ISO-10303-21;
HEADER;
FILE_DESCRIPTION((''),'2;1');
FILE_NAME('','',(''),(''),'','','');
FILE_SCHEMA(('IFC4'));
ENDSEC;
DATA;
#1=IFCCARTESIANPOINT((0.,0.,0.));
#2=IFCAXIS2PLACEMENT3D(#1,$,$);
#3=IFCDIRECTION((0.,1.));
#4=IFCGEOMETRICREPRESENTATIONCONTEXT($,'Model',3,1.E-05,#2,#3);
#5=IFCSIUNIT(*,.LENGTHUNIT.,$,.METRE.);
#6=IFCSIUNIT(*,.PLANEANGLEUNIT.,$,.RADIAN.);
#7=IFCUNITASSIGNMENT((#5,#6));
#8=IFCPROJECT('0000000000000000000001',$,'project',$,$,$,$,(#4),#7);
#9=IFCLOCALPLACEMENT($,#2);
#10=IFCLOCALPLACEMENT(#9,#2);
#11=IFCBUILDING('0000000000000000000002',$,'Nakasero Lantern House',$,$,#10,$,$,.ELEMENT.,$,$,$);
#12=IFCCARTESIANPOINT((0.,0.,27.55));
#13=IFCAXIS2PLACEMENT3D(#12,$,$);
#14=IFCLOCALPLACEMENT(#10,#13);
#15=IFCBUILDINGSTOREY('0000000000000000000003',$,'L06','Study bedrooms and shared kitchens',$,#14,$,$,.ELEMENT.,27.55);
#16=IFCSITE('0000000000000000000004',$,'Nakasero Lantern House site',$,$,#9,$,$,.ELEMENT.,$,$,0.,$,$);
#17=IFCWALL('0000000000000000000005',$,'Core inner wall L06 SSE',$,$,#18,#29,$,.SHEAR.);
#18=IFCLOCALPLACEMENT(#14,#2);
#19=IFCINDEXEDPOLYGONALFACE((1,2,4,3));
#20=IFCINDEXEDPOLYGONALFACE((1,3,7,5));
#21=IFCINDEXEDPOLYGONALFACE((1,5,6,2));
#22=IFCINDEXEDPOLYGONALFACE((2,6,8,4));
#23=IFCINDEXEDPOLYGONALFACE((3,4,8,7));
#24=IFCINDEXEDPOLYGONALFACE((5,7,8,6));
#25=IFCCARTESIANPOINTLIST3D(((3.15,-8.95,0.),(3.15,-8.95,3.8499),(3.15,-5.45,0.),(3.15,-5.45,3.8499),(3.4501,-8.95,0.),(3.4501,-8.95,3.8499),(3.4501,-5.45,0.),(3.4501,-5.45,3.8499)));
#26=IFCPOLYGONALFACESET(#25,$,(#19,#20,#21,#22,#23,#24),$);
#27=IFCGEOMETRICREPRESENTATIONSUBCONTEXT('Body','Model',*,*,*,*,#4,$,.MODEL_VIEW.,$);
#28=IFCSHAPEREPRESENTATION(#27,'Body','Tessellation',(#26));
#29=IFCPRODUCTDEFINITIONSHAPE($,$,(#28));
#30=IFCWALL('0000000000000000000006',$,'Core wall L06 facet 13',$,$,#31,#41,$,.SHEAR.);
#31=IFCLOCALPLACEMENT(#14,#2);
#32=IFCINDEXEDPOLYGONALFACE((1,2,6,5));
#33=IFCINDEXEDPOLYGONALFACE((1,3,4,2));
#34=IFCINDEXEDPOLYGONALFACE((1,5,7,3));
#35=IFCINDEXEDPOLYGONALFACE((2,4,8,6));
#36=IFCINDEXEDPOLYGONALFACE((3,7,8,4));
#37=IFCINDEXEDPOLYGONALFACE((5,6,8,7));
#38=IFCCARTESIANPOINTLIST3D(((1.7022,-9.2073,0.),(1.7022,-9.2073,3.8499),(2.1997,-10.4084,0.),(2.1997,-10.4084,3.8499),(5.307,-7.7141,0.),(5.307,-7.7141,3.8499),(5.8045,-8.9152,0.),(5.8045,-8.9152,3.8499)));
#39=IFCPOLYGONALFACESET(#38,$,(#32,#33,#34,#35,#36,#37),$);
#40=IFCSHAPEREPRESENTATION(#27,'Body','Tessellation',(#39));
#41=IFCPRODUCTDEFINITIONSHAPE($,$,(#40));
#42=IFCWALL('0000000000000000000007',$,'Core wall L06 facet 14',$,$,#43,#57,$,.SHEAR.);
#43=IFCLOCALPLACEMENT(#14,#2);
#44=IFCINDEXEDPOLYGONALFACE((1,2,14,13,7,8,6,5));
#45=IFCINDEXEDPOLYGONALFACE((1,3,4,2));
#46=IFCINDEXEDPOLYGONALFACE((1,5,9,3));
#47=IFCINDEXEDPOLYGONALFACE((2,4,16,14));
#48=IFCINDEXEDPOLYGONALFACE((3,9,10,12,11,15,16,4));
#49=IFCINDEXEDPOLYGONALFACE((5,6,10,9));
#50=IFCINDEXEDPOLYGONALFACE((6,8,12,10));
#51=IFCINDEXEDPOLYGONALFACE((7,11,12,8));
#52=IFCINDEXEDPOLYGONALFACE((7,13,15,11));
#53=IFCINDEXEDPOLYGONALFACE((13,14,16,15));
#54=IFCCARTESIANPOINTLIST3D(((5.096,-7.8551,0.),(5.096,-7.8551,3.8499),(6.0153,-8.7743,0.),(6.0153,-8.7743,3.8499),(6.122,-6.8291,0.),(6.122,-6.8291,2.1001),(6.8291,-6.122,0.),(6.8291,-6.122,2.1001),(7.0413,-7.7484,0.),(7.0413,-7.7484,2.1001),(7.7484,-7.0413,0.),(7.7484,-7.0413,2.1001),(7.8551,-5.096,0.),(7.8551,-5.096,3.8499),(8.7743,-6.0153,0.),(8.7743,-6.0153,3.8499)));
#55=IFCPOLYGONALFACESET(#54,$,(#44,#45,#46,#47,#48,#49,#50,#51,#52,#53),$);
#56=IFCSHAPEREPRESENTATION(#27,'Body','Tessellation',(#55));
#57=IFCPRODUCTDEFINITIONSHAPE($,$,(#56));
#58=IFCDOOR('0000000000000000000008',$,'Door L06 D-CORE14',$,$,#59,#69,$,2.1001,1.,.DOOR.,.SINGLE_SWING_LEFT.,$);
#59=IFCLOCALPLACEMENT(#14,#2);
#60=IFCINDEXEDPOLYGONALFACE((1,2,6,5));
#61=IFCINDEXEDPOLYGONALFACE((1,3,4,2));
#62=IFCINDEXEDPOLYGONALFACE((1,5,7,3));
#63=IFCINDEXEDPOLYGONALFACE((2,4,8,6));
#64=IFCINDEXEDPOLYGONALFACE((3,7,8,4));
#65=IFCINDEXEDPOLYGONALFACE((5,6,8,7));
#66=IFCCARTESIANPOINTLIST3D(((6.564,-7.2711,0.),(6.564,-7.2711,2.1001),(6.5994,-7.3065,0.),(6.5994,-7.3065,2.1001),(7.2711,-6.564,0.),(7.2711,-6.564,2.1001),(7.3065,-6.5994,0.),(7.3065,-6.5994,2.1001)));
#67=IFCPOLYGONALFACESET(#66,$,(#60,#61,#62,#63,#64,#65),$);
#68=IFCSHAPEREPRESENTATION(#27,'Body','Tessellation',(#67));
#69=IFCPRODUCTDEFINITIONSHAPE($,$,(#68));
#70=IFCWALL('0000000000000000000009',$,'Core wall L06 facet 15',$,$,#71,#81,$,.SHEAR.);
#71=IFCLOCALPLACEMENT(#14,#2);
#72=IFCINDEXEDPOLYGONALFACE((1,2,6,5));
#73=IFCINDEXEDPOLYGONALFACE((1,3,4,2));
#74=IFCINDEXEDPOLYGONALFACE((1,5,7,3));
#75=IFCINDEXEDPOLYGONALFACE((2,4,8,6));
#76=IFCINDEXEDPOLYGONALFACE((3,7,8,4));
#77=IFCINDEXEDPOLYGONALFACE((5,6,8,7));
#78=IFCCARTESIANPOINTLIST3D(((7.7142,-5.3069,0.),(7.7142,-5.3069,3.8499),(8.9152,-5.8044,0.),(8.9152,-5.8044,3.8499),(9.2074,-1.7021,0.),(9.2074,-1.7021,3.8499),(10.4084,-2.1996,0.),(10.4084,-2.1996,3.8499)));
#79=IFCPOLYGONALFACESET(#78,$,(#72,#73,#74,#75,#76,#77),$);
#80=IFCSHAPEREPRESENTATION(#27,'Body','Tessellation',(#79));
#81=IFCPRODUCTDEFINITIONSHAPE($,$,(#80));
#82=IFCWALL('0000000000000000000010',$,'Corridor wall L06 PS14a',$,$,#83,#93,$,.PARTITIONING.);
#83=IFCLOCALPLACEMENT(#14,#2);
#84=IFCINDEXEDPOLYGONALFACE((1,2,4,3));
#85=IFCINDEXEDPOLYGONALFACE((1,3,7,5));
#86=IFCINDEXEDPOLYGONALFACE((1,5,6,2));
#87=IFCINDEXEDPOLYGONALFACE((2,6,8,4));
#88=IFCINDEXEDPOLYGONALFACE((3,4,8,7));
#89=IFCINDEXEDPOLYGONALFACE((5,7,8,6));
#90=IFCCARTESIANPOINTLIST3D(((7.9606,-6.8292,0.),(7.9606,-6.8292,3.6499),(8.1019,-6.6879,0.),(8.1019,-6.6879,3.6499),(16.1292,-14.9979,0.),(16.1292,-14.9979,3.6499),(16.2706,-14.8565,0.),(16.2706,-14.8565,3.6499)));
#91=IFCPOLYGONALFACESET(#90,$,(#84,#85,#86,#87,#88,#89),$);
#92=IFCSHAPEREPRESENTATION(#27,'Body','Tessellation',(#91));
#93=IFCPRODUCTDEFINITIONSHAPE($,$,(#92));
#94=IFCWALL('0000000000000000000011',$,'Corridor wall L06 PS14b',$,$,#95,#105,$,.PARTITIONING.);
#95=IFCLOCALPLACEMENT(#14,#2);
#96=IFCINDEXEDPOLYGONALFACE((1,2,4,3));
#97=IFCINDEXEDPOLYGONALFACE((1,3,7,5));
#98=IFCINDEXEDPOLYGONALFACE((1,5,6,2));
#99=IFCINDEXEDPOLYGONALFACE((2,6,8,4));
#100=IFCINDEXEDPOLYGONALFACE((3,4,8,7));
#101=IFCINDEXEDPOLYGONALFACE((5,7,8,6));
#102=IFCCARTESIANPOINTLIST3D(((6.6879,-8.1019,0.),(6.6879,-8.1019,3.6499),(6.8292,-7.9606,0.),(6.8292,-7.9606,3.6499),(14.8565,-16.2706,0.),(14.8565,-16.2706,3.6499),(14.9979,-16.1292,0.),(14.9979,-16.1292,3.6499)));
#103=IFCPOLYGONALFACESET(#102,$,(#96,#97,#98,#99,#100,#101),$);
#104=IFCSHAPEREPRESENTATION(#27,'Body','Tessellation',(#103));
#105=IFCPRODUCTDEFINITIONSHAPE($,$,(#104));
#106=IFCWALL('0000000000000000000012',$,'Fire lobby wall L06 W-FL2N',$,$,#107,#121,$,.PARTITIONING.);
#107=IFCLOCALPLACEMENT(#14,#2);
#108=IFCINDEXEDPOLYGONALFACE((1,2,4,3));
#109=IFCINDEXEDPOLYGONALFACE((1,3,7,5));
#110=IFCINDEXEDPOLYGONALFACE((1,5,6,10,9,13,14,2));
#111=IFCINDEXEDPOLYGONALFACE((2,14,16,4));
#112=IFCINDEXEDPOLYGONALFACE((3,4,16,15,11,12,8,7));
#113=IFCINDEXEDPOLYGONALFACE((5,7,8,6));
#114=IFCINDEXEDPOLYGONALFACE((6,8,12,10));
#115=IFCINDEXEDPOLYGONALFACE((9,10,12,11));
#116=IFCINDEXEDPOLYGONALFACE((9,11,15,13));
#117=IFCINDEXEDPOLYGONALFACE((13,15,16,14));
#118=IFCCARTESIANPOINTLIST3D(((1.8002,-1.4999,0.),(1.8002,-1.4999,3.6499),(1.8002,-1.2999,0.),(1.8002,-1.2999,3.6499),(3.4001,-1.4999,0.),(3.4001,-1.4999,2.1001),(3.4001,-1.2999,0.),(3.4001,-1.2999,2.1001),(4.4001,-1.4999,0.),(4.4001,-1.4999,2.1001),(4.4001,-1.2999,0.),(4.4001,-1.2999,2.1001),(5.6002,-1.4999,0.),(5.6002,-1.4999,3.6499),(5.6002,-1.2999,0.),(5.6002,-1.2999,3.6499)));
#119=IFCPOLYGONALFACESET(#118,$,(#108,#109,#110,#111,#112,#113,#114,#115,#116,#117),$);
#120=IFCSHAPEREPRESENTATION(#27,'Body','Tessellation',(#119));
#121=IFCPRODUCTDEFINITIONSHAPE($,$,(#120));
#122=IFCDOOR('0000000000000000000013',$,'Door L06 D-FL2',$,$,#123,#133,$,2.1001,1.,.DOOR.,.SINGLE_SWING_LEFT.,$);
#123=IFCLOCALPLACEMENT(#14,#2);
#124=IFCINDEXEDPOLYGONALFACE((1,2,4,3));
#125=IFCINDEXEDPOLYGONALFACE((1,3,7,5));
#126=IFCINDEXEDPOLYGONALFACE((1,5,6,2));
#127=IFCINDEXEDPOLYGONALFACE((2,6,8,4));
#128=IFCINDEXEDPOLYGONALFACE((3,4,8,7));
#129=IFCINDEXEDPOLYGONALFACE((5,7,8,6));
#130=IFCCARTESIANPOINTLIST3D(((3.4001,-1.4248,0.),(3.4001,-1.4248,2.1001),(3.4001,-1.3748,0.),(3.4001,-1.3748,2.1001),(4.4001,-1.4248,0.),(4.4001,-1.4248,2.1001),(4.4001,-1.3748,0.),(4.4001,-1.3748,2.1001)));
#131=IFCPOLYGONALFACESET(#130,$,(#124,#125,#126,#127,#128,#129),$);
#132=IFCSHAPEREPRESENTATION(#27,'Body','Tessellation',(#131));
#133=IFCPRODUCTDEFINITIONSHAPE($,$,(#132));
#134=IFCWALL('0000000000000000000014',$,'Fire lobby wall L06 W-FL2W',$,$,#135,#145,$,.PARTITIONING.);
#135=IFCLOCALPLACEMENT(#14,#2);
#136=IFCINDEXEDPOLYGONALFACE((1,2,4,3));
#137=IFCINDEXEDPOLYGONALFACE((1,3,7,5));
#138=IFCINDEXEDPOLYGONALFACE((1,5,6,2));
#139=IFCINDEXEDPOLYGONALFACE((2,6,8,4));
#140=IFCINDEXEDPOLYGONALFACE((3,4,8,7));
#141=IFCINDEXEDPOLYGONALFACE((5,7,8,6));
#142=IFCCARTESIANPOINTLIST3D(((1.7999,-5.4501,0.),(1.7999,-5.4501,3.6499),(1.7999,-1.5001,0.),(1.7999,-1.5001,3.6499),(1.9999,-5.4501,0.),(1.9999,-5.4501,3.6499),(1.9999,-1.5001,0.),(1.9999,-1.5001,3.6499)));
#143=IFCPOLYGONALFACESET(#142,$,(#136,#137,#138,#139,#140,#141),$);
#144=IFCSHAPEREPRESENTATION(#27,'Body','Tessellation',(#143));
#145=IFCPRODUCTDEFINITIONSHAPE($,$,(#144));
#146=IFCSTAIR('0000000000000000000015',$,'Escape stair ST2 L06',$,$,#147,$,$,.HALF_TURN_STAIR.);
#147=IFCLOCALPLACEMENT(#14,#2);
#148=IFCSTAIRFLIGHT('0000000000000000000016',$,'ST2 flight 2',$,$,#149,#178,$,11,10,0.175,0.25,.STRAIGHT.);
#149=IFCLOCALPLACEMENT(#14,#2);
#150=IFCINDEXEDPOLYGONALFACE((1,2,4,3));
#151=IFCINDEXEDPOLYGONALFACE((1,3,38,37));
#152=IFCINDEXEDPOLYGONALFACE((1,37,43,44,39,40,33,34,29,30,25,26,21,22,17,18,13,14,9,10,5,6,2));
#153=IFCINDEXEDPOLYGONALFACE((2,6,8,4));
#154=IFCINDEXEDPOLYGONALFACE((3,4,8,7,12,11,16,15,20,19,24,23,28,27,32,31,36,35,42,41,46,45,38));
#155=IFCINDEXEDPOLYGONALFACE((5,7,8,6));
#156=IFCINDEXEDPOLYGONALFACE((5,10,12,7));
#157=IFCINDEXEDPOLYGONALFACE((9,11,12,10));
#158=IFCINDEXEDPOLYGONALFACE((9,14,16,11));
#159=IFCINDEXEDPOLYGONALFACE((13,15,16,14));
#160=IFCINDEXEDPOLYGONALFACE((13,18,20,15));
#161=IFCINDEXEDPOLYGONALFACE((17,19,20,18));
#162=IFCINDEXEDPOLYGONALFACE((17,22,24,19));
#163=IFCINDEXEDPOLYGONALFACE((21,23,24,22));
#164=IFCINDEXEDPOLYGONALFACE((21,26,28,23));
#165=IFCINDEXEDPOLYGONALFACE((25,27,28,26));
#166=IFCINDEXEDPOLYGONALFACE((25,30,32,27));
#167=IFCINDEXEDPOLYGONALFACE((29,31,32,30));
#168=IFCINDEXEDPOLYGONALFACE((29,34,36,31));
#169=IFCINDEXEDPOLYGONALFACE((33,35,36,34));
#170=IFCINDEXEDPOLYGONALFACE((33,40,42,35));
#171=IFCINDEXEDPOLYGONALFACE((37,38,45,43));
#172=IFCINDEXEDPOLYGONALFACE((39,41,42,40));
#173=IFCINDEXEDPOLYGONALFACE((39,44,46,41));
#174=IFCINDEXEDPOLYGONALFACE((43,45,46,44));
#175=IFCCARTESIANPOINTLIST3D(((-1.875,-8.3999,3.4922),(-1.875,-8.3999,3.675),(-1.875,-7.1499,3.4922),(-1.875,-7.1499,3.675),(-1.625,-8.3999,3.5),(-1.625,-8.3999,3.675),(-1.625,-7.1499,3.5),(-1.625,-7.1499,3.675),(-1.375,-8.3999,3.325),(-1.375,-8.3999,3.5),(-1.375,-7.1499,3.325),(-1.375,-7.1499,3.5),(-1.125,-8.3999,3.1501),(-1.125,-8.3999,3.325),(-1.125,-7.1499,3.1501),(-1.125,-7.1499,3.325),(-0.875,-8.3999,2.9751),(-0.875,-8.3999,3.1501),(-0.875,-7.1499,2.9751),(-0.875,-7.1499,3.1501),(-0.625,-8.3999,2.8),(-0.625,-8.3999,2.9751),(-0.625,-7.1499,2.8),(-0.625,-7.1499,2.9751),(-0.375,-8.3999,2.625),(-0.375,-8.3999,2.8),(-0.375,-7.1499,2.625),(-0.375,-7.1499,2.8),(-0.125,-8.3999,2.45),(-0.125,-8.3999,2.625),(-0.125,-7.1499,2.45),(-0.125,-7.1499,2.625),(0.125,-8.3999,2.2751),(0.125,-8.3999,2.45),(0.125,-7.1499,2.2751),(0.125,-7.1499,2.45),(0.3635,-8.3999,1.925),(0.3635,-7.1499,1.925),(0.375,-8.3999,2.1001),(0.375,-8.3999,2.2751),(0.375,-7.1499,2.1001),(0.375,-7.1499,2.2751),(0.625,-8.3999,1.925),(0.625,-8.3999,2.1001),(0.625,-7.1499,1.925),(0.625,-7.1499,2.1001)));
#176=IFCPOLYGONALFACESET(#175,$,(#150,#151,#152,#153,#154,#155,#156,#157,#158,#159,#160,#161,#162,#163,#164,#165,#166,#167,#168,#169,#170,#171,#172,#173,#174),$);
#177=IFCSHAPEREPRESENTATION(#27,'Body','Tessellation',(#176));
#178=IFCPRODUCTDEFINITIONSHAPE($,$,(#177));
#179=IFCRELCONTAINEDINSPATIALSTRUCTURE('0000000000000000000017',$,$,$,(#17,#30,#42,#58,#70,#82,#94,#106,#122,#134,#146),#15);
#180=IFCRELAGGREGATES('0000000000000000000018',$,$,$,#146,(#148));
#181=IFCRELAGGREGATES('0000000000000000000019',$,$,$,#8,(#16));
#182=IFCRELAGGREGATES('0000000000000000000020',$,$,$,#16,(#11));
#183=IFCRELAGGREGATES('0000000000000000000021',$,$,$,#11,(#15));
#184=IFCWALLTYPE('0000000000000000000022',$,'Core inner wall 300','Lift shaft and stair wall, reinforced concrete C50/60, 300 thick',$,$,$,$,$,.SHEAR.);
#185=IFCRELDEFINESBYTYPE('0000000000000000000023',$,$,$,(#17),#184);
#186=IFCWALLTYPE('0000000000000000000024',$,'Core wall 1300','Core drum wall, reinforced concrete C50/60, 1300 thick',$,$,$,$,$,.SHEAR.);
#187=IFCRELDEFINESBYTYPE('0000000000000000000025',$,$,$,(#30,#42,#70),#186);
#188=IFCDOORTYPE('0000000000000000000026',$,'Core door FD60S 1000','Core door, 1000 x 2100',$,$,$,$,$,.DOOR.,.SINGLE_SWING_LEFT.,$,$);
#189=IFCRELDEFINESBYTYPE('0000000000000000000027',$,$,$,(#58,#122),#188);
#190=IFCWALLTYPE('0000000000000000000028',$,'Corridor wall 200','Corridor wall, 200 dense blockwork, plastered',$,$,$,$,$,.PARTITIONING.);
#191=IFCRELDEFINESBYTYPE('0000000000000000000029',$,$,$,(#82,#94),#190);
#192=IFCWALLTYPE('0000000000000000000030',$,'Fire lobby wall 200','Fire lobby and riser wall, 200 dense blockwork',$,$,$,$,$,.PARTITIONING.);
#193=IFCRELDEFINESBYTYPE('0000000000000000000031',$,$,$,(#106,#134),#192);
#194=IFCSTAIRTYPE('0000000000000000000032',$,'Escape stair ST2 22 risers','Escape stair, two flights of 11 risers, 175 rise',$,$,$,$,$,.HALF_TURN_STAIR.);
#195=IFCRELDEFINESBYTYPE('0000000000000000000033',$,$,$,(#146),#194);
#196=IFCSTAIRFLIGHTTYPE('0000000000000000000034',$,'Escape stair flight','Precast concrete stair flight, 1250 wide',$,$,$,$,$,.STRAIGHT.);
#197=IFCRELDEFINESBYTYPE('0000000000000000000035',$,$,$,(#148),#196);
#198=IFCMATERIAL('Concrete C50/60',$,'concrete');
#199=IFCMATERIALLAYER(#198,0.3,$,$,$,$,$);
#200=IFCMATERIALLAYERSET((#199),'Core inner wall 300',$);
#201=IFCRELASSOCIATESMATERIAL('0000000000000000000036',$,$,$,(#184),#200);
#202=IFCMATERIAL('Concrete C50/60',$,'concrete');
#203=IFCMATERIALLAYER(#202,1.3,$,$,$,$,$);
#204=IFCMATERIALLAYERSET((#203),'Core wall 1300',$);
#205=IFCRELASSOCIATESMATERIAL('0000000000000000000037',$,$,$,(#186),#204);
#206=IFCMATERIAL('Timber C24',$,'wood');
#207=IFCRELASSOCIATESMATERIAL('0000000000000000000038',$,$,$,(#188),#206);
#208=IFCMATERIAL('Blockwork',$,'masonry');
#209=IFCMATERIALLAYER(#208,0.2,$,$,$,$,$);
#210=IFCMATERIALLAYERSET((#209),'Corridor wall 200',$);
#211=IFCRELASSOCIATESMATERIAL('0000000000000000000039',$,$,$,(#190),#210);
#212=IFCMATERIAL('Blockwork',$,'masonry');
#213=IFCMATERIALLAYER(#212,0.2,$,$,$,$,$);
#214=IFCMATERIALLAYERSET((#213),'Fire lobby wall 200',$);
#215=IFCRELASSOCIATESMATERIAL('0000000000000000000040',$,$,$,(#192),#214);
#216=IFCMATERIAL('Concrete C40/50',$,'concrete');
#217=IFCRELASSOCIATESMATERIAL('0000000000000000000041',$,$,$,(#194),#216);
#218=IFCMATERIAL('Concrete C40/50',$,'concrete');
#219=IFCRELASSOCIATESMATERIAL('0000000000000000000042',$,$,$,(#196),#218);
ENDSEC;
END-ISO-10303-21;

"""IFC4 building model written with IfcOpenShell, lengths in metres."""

from ifc_helpers import new_model, si_unit, direction, frame, frame_2d, origin, place, context, subcontext, project, spatial, polyline, rectangle, outline, extrude, material, layer, layer_set, type_object, element, fill, aggregate, save


model = new_model("IFC4")

# Units and contexts
model_context = context("Model", 3, precision=1e-05, world=origin(), true_north=direction((0.0, 1.0)))
body_context = subcontext(model_context, "Body", "Model", "MODEL_VIEW")
ifc_project = project(units=[si_unit("LENGTHUNIT", "METRE"), si_unit("PLANEANGLEUNIT", "RADIAN")], contexts=[model_context])

# Site, building, storey
site_placement = place(None, origin())
site = spatial("IfcSite", under=ifc_project, at=site_placement, Name="Nakasero Lantern House site", CompositionType="ELEMENT", RefElevation=0.0)
building_placement = place(site_placement, origin())
building = spatial("IfcBuilding", under=site, at=building_placement, Name="Nakasero Lantern House", CompositionType="ELEMENT")
storey_placement = place(building_placement, frame((0.0, 0.0, 27.55)))
storey = spatial("IfcBuildingStorey", under=building, at=storey_placement, Name="L06", Description="Study bedrooms and shared kitchens", CompositionType="ELEMENT", Elevation=27.55)

# Shared definitions
ifc_material_1 = material(Name="Concrete C50/60", Category="concrete")
ifc_layer_1 = layer(ifc_material_1, 0.3)
ifc_layer_set_1 = layer_set([ifc_layer_1], Name="Core inner wall 300")
wall_type_1 = type_object("IfcWallType", Name="Core inner wall 300", Description="Lift shaft and stair wall, reinforced concrete C50/60, 300 thick", PredefinedType="SHEAR", material=ifc_layer_set_1)

# Walls
wall_1_placement = place(storey_placement, frame((3.3, -5.45, 0.0), z_axis=(0.0, 0.0, 1.0), x_axis=(0.0, -1.0, 0.0)))
element("IfcWall", 1, at=wall_1_placement, inside=storey, type_object=wall_type_1, Name="Core inner wall L06 SSE", PredefinedType="SHEAR", context=body_context, shape_type="SweptSolid", body=[
    extrude(rectangle(XDim=3.5, YDim=0.3, at=frame_2d((1.75, 0.0))), origin(), (0.0, 0.0, 1.0), 3.8499),
])
ifc_material_2 = material(Name="Concrete C50/60", Category="concrete")
ifc_layer_2 = layer(ifc_material_2, 1.3)
ifc_layer_set_2 = layer_set([ifc_layer_2], Name="Core wall 1300")
wall_type_2 = type_object("IfcWallType", Name="Core wall 1300", Description="Core drum wall, reinforced concrete C50/60, 1300 thick", PredefinedType="SHEAR", material=ifc_layer_set_2)
wall_2_placement = place(storey_placement, frame((1.9509, -9.8079, 0.0), z_axis=(0.0, 0.0, 1.0), x_axis=(0.923877, 0.382691, 0.0)))
element("IfcWall", 2, at=wall_2_placement, inside=storey, type_object=wall_type_2, Name="Core wall L06 facet 13", PredefinedType="SHEAR", context=body_context, shape_type="SweptSolid", body=[
    extrude(rectangle(XDim=3.9019, YDim=1.3, at=frame_2d((1.9509, 0.0))), origin(), (0.0, 0.0, 1.0), 3.8499),
])

# Wall, opening, door
wall_3_placement = place(storey_placement, frame((5.5557, -8.3147, 0.0), z_axis=(0.0, 0.0, 1.0), x_axis=(0.707107, 0.707107, 0.0)))
wall_3 = element("IfcWall", 3, at=wall_3_placement, inside=storey, type_object=wall_type_2, Name="Core wall L06 facet 14", PredefinedType="SHEAR", context=body_context, shape_type="SweptSolid", body=[
    extrude(rectangle(XDim=3.9019, YDim=1.3, at=frame_2d((1.9509, 0.0))), origin(), (0.0, 0.0, 1.0), 3.8499),
])
opening_1_placement = place(wall_3_placement, frame((1.4509, 0.0, 0.0)))
opening_1 = element("IfcOpeningElement", 4, at=opening_1_placement, cuts=wall_3, PredefinedType="OPENING", context=body_context, shape_type="SweptSolid", body=[
    extrude(rectangle(XDim=1.0, YDim=2.1001, at=frame_2d((0.5, 1.05))), frame((0.0, 0.6699, 0.0), z_axis=(0.0, -1.0, 0.0), x_axis=(1.0, 0.0, 0.0)), (0.0, 0.0, 1.0), 1.3401),
])
ifc_material_3 = material(Name="Timber C24", Category="wood")
door_type_1 = type_object("IfcDoorType", Name="Core door FD60S 1000", Description="Core door, 1000 x 2100", OperationType="SINGLE_SWING_LEFT", PredefinedType="DOOR", material=ifc_material_3)
door_1_placement = place(opening_1_placement, origin())
door_1 = element("IfcDoor", 5, at=door_1_placement, inside=storey, type_object=door_type_1, Name="Door L06 D-CORE14", OperationType="SINGLE_SWING_LEFT", OverallHeight=2.1001, OverallWidth=1.0, PredefinedType="DOOR", context=body_context, shape_type="SweptSolid", body=[
    extrude(rectangle(XDim=1.0, YDim=2.1001, at=frame_2d((0.5, 1.05))), frame((0.0, 0.0249, 0.0), z_axis=(0.0, -1.0, 0.0), x_axis=(1.0, 0.0, 0.0)), (0.0, 0.0, 1.0), 0.05),
])
fill(opening_1, door_1)

# Walls
wall_4_placement = place(storey_placement, frame((8.3147, -5.5557, 0.0), z_axis=(0.0, 0.0, 1.0), x_axis=(0.382691, 0.923877, 0.0)))
element("IfcWall", 6, at=wall_4_placement, inside=storey, type_object=wall_type_2, Name="Core wall L06 facet 15", PredefinedType="SHEAR", context=body_context, shape_type="SweptSolid", body=[
    extrude(rectangle(XDim=3.9019, YDim=1.3, at=frame_2d((1.9509, 0.0))), origin(), (0.0, 0.0, 1.0), 3.8499),
])
ifc_material_4 = material(Name="Blockwork", Category="masonry")
ifc_layer_3 = layer(ifc_material_4, 0.2)
ifc_layer_set_3 = layer_set([ifc_layer_3], Name="Corridor wall 200")
wall_type_3 = type_object("IfcWallType", Name="Corridor wall 200", Description="Corridor wall, 200 dense blockwork, plastered", PredefinedType="PARTITIONING", material=ifc_layer_set_3)
for number, where, z_axis, x_axis, name in (
    (7, (8.0312, -6.7585, 0.0), (0.0, 0.0, 1.0), (0.707107, -0.707107, 0.0), "Corridor wall L06 PS14a"),
    (8, (6.7585, -8.0312, 0.0), (0.0, 0.0, 1.0), (0.707107, -0.707107, 0.0), "Corridor wall L06 PS14b"),
):
    element("IfcWall", number, at=place(storey_placement, frame(where, z_axis=z_axis, x_axis=x_axis)), inside=storey, type_object=wall_type_3, Name=name, PredefinedType="PARTITIONING", context=body_context, shape_type="SweptSolid", body=[
        extrude(rectangle(XDim=11.5522, YDim=0.2, at=frame_2d((5.7761, 0.0))), origin(), (0.0, 0.0, 1.0), 3.6499),
    ])

# Wall, opening, door
ifc_material_5 = material(Name="Blockwork", Category="masonry")
ifc_layer_4 = layer(ifc_material_5, 0.2)
ifc_layer_set_4 = layer_set([ifc_layer_4], Name="Fire lobby wall 200")
wall_type_4 = type_object("IfcWallType", Name="Fire lobby wall 200", Description="Fire lobby and riser wall, 200 dense blockwork", PredefinedType="PARTITIONING", material=ifc_layer_set_4)
wall_5_placement = place(storey_placement, frame((5.6001, -1.3999, 0.0), z_axis=(0.0, 0.0, 1.0), x_axis=(-1.0, 0.0, 0.0)))
wall_5 = element("IfcWall", 9, at=wall_5_placement, inside=storey, type_object=wall_type_4, Name="Fire lobby wall L06 W-FL2N", PredefinedType="PARTITIONING", context=body_context, shape_type="SweptSolid", body=[
    extrude(rectangle(XDim=3.8, YDim=0.2, at=frame_2d((1.8999, 0.0))), origin(), (0.0, 0.0, 1.0), 3.6499),
])
opening_2_placement = place(wall_5_placement, frame((1.2, 0.0, 0.0)))
opening_2 = element("IfcOpeningElement", 10, at=opening_2_placement, cuts=wall_5, PredefinedType="OPENING", context=body_context, shape_type="SweptSolid", body=[
    extrude(rectangle(XDim=1.0, YDim=2.1001, at=frame_2d((0.5, 1.05))), frame((0.0, 0.1199, 0.0), z_axis=(0.0, -1.0, 0.0), x_axis=(1.0, 0.0, 0.0)), (0.0, 0.0, 1.0), 0.24),
])
door_2_placement = place(opening_2_placement, origin())
door_2 = element("IfcDoor", 11, at=door_2_placement, inside=storey, type_object=door_type_1, Name="Door L06 D-FL2", OperationType="SINGLE_SWING_LEFT", OverallHeight=2.1001, OverallWidth=1.0, PredefinedType="DOOR", context=body_context, shape_type="SweptSolid", body=[
    extrude(rectangle(XDim=1.0, YDim=2.1001, at=frame_2d((0.5, 1.05))), frame((0.0, 0.0249, 0.0), z_axis=(0.0, -1.0, 0.0), x_axis=(1.0, 0.0, 0.0)), (0.0, 0.0, 1.0), 0.05),
])
fill(opening_2, door_2)

# Wall
wall_6_placement = place(storey_placement, frame((1.8999, -1.5, 0.0), z_axis=(0.0, 0.0, 1.0), x_axis=(0.0, -1.0, 0.0)))
element("IfcWall", 12, at=wall_6_placement, inside=storey, type_object=wall_type_4, Name="Fire lobby wall L06 W-FL2W", PredefinedType="PARTITIONING", context=body_context, shape_type="SweptSolid", body=[
    extrude(rectangle(XDim=3.95, YDim=0.2, at=frame_2d((1.9751, 0.0))), origin(), (0.0, 0.0, 1.0), 3.6499),
])

# Stair, stair flight
ifc_material_6 = material(Name="Concrete C40/50", Category="concrete")
stair_type = type_object("IfcStairType", Name="Escape stair ST2 22 risers", Description="Escape stair, two flights of 11 risers, 175 rise", PredefinedType="HALF_TURN_STAIR", material=ifc_material_6)
stair_placement = place(storey_placement, origin())
stair = element("IfcStair", 13, at=stair_placement, inside=storey, type_object=stair_type, Name="Escape stair ST2 L06", PredefinedType="HALF_TURN_STAIR")
ifc_material_7 = material(Name="Concrete C40/50", Category="concrete")
stair_flight_type = type_object("IfcStairFlightType", Name="Escape stair flight", Description="Precast concrete stair flight, 1250 wide", PredefinedType="STRAIGHT", material=ifc_material_7)
stair_flight_placement = place(storey_placement, frame((0.625, -7.7749, 1.925), z_axis=(0.0, 0.0, 1.0), x_axis=(-1.0, 0.0, 0.0)))
stair_flight = element("IfcStairFlight", 14, at=stair_flight_placement, type_object=stair_flight_type, Name="ST2 flight 2", NumberOfRisers=11, NumberOfTreads=10, PredefinedType="STRAIGHT", RiserHeight=0.175, TreadLength=0.25, context=body_context, shape_type="SweptSolid", body=[
    extrude(outline(polyline([(0.0, 0.0), (0.0, 0.175), (0.25, 0.175), (0.25, 0.3501), (0.5, 0.3501), (0.5, 0.5249), (0.75, 0.5249), (0.75, 0.7), (1.0, 0.7), (1.0, 0.875), (1.25, 0.875), (1.25, 1.05), (1.5, 1.05), (1.5, 1.2251), (1.75, 1.2251), (1.75, 1.3999), (2.0, 1.3999), (2.0, 1.575), (2.25, 1.575), (2.25, 1.75), (2.5, 1.75), (2.5, 1.925), (2.5, 1.5671), (0.2615, 0.0), (0.0, 0.0)])), frame((0.0, 0.625, 0.0), z_axis=(0.0, -1.0, 0.0), x_axis=(1.0, 0.0, 0.0)), (0.0, 0.0, 1.0), 1.25),
])
aggregate(stair, [stair_flight])

save(model, "model.ifc")
